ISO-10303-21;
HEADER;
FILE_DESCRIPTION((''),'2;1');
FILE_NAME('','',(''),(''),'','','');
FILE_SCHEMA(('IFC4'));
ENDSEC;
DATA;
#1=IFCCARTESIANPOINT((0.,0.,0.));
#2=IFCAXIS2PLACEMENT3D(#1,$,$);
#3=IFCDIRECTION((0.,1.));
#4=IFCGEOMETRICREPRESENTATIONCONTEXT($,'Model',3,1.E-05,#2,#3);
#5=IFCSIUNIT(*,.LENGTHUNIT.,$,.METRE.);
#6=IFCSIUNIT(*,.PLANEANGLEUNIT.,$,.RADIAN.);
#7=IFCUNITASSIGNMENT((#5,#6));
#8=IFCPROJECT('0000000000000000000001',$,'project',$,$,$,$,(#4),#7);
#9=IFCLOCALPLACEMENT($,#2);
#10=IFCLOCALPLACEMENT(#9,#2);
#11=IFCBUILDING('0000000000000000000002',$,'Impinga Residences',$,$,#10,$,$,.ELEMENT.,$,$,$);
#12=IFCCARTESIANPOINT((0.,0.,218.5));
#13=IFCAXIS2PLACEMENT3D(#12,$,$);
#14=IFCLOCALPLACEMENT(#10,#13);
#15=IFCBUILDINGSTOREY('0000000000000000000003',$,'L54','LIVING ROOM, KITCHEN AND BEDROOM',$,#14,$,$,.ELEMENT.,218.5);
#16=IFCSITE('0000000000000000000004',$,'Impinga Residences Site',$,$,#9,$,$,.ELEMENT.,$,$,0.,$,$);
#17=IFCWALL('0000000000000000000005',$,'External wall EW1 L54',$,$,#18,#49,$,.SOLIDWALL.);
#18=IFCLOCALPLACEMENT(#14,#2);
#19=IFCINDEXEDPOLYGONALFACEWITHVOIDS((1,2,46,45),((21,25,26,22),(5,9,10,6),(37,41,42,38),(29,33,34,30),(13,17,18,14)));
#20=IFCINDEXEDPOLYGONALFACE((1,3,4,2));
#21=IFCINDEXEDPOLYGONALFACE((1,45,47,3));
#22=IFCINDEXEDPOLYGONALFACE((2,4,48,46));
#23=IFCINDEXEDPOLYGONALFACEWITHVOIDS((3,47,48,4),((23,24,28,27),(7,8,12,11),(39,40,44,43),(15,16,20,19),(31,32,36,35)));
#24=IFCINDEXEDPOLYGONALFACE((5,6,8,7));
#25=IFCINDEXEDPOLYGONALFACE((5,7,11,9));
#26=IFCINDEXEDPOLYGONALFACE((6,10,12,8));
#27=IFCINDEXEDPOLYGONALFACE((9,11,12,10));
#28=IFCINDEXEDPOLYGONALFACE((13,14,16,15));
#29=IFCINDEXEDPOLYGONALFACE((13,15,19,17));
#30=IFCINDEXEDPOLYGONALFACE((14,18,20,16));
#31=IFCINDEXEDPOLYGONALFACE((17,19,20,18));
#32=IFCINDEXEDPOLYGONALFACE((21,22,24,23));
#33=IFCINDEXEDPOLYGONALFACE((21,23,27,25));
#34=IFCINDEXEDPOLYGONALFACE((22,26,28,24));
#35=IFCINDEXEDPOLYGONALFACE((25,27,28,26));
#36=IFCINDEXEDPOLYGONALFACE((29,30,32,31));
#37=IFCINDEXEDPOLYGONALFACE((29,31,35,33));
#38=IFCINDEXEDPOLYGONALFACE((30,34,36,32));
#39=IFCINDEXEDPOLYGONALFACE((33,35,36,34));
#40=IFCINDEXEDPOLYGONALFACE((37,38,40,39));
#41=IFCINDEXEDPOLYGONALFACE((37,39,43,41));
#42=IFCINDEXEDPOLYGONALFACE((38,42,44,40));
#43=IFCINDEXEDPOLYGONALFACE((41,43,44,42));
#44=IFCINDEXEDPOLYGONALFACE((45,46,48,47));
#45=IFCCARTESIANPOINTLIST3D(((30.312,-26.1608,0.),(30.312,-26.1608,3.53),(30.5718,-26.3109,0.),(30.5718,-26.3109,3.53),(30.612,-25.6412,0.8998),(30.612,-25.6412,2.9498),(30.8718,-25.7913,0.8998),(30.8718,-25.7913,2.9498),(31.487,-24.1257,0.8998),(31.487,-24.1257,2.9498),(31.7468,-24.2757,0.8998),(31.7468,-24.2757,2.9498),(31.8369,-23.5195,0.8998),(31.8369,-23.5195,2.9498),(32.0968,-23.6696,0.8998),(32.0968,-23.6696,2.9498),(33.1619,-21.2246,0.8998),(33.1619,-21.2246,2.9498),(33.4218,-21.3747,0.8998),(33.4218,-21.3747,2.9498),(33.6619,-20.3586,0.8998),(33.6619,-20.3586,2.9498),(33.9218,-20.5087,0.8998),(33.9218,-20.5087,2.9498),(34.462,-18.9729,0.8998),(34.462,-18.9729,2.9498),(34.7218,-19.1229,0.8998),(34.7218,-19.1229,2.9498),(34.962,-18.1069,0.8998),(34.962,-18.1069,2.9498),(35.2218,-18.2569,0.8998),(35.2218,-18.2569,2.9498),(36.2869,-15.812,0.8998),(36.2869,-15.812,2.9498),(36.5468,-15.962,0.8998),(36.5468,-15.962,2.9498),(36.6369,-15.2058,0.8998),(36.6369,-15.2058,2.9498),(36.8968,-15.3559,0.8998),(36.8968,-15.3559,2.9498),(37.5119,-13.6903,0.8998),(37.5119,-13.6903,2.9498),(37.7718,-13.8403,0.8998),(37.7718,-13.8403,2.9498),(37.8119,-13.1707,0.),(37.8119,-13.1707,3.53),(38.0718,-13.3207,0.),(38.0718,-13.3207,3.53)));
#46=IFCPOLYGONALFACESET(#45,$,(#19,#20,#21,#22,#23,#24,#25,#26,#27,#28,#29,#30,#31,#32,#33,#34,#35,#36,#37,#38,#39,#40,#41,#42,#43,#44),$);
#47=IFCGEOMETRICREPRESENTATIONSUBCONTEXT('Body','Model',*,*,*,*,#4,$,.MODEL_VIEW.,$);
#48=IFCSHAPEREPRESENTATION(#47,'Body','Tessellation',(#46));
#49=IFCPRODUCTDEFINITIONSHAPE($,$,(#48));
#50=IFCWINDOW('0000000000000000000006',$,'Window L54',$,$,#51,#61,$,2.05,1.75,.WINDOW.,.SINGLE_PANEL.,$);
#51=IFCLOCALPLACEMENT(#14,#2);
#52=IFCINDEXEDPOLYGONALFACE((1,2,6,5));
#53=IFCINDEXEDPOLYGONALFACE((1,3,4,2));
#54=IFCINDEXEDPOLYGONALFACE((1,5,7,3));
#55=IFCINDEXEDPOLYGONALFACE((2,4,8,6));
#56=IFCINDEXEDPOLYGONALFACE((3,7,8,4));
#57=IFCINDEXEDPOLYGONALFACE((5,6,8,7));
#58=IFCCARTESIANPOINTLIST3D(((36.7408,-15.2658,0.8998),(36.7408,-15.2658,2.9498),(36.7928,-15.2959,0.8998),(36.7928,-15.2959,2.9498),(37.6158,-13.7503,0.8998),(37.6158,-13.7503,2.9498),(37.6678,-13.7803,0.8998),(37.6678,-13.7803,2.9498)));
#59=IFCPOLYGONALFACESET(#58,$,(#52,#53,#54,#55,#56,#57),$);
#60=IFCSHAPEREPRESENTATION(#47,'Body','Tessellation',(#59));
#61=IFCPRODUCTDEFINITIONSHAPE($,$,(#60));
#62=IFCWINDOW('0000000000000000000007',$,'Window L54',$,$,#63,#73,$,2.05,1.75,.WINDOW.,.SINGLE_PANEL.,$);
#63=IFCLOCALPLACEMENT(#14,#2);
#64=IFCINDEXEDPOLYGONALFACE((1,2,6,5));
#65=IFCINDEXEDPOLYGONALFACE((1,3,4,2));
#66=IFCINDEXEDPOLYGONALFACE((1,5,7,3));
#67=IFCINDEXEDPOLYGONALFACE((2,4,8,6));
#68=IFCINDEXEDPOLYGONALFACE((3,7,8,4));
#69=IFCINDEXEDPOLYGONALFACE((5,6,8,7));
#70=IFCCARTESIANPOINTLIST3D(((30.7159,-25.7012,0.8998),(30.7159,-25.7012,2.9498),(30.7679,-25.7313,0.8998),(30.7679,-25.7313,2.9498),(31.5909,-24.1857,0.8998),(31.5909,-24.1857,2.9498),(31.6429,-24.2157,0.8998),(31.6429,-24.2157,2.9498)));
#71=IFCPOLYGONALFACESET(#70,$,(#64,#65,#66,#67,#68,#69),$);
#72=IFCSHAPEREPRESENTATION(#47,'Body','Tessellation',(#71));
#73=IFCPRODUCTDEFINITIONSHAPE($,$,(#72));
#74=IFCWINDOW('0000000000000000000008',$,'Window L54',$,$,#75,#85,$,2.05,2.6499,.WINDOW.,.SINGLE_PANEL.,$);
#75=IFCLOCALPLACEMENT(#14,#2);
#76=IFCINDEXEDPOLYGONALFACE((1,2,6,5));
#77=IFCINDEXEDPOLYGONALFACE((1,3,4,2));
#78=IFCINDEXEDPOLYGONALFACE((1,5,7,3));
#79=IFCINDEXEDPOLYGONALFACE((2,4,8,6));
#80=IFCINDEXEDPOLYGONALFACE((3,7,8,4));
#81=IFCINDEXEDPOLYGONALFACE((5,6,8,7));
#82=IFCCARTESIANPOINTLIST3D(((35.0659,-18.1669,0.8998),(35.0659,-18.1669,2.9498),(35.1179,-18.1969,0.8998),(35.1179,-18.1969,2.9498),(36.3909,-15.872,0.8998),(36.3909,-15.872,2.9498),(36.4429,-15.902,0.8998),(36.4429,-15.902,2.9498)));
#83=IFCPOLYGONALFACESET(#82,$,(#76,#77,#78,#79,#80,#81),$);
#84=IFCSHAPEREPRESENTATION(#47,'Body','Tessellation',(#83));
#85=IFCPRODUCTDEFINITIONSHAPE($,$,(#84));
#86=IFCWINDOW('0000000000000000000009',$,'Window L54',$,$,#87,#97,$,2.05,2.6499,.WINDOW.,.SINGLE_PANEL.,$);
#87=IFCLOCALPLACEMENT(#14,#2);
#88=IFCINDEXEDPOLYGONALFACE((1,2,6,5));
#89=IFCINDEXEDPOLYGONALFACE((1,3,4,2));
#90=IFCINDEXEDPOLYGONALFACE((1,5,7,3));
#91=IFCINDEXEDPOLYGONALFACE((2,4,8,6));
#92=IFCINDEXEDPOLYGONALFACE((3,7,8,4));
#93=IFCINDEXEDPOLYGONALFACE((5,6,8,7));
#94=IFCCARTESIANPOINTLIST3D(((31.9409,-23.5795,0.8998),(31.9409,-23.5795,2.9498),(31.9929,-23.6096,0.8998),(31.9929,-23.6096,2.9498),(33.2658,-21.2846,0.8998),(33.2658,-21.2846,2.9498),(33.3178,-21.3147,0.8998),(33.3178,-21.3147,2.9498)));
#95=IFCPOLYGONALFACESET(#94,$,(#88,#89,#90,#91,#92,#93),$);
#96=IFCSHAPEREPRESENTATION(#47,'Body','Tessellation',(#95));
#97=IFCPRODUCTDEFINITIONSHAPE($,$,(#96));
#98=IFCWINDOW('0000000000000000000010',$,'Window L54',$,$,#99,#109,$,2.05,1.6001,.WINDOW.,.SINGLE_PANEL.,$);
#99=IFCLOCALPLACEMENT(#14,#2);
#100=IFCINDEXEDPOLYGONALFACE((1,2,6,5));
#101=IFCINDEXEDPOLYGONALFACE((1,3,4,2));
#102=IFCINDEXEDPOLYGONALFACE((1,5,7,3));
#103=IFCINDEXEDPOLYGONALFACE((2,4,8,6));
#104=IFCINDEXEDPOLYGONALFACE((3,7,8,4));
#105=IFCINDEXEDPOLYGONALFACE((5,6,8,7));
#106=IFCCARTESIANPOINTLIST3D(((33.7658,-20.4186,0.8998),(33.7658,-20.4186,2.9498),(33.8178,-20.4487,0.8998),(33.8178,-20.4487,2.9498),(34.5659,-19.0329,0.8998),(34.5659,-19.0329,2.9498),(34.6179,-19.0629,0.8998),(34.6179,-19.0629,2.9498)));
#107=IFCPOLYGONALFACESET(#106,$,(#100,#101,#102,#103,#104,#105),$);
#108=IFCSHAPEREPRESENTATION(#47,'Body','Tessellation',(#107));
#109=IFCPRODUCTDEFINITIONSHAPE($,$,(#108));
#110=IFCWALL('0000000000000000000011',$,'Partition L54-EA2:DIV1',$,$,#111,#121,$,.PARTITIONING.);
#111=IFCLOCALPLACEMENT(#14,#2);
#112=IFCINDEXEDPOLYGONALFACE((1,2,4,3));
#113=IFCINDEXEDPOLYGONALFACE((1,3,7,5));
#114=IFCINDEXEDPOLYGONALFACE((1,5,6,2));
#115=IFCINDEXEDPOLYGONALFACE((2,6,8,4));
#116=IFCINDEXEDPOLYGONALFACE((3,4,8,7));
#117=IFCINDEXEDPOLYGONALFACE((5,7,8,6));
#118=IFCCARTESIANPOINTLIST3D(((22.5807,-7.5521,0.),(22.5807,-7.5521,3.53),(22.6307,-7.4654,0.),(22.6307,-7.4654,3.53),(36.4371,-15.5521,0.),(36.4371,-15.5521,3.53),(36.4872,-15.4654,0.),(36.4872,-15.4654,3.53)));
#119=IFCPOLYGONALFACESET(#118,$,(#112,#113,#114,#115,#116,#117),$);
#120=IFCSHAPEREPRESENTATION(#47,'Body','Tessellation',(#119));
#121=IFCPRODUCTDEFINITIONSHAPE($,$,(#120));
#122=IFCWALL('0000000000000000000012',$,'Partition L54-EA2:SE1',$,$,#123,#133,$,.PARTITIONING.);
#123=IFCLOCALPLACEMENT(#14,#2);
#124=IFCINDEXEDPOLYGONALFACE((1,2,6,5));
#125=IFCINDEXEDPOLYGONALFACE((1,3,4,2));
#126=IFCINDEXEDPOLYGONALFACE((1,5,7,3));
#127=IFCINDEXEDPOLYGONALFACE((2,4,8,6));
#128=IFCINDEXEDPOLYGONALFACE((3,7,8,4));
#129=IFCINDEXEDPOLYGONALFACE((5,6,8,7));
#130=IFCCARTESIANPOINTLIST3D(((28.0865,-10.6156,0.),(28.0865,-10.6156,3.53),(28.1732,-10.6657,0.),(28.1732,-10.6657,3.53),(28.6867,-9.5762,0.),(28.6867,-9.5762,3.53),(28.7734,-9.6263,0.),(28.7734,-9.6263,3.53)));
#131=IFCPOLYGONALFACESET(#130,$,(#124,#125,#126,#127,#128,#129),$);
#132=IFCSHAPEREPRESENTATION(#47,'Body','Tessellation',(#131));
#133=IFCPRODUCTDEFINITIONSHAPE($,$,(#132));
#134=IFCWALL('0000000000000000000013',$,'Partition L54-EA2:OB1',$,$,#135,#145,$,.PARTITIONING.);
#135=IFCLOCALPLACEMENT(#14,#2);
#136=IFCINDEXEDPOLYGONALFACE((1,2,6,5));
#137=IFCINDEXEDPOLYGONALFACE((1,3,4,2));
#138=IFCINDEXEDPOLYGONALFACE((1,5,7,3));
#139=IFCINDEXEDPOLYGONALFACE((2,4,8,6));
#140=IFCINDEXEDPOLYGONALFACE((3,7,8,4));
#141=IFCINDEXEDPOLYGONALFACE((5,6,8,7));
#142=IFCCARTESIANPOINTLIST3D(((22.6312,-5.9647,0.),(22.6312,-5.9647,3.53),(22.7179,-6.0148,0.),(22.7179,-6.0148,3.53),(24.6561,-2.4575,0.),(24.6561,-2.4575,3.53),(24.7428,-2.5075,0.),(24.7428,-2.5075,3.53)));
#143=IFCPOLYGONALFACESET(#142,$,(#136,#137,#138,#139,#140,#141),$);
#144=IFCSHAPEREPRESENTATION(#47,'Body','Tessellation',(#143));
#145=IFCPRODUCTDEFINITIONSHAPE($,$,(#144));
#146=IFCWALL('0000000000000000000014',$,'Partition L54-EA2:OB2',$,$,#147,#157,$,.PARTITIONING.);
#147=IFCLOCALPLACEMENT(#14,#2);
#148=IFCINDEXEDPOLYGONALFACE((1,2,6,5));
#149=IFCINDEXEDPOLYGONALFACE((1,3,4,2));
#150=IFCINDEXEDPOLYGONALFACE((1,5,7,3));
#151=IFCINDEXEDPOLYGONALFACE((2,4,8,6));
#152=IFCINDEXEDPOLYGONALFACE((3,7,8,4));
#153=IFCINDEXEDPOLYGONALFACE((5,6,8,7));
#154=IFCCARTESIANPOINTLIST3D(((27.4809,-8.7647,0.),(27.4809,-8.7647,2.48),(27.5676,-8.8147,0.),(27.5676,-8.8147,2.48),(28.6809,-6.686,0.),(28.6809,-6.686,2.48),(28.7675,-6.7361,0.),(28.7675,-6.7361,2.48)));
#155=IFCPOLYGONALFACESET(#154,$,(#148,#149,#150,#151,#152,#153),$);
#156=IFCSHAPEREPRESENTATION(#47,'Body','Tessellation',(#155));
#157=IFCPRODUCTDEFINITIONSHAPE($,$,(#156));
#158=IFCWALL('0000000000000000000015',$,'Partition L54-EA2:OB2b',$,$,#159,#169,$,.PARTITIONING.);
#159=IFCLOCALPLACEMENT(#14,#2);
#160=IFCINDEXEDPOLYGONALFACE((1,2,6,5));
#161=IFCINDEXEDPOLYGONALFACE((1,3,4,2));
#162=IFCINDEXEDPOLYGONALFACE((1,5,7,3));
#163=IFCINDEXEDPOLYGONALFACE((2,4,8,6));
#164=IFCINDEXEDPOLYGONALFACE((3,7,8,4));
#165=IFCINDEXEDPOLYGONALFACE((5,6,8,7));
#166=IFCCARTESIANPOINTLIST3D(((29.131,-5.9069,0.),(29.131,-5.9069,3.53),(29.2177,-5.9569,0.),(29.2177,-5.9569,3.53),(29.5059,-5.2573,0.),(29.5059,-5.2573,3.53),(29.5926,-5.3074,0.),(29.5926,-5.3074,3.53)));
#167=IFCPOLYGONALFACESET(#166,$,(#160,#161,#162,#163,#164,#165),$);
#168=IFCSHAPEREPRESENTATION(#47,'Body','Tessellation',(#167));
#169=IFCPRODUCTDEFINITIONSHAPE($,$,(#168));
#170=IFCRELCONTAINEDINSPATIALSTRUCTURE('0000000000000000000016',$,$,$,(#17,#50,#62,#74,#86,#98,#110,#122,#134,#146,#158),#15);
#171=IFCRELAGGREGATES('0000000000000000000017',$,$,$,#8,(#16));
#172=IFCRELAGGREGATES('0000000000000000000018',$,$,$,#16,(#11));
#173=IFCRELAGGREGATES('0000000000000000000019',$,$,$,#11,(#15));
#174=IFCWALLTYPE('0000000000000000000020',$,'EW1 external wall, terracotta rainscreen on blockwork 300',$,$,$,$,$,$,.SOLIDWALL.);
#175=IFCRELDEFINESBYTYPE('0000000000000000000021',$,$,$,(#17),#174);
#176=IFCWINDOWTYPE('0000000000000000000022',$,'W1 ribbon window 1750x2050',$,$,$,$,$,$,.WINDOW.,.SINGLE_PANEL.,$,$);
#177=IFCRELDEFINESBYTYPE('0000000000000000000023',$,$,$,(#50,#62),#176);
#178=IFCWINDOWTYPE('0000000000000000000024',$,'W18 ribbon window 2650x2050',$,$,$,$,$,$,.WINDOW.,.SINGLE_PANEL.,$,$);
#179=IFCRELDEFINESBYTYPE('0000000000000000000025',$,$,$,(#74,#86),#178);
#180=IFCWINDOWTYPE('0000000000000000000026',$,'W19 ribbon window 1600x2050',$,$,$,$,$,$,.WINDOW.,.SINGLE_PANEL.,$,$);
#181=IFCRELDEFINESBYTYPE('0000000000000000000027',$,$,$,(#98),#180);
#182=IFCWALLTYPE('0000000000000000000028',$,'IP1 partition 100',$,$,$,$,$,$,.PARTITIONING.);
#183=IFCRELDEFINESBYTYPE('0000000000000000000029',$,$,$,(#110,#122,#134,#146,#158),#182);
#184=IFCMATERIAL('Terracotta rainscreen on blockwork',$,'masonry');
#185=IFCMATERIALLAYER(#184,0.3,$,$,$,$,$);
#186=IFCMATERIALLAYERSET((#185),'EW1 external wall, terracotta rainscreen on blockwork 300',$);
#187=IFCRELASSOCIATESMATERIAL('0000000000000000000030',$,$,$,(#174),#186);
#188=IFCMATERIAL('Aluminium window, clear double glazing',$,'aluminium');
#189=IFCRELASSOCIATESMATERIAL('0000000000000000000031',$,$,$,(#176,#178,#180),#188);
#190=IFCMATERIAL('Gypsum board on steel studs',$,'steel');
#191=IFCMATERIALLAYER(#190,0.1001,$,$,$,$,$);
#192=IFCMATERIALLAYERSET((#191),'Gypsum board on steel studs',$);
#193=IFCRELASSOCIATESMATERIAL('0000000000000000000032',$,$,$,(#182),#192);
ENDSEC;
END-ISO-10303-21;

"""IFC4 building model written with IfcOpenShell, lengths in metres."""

from ifc_helpers import new_model, si_unit, direction, frame, frame_2d, origin, place, context, subcontext, project, spatial, rectangle, extrude, material, layer, layer_set, type_object, element, fill, save


model = new_model("IFC4")

# Units and contexts
model_context = context("Model", 3, precision=1e-05, world=origin(), true_north=direction((0.0, 1.0)))
body_context = subcontext(model_context, "Body", "Model", "MODEL_VIEW")
ifc_project = project(units=[si_unit("LENGTHUNIT", "METRE"), si_unit("PLANEANGLEUNIT", "RADIAN")], contexts=[model_context])

# Site, building, storey
site_placement = place(None, origin())
site = spatial("IfcSite", under=ifc_project, at=site_placement, Name="Impinga Residences Site", CompositionType="ELEMENT", RefElevation=0.0)
building_placement = place(site_placement, origin())
building = spatial("IfcBuilding", under=site, at=building_placement, Name="Impinga Residences", CompositionType="ELEMENT")
storey_placement = place(building_placement, frame((0.0, 0.0, 218.5)))
storey = spatial("IfcBuildingStorey", under=building, at=storey_placement, Name="L54", Description="LIVING ROOM, KITCHEN AND BEDROOM", CompositionType="ELEMENT", Elevation=218.5)

# Shared definitions
ifc_material_1 = material(Name="Terracotta rainscreen on blockwork", Category="masonry")
ifc_layer_1 = layer(ifc_material_1, 0.3)
ifc_layer_set_1 = layer_set([ifc_layer_1], Name="EW1 external wall, terracotta rainscreen on blockwork 300")
wall_type_1 = type_object("IfcWallType", Name="EW1 external wall, terracotta rainscreen on blockwork 300", PredefinedType="SOLIDWALL", material=ifc_layer_set_1)

# Wall, openings, windows
wall_1_placement = place(storey_placement, frame((37.9419, -13.2456, 0.0), z_axis=(0.0, 0.0, 1.0), x_axis=(-0.500004, -0.866023, 0.0)))
wall_1 = element("IfcWall", 1, at=wall_1_placement, inside=storey, type_object=wall_type_1, Name="External wall EW1 L54", PredefinedType="SOLIDWALL", context=body_context, shape_type="SweptSolid", body=[
    extrude(rectangle(XDim=14.9998, YDim=0.3, at=frame_2d((7.5, 0.0))), origin(), (0.0, 0.0, 1.0), 3.53),
])
opening_1_placement = place(wall_1_placement, frame((0.6001, 0.0, 0.8999)))
opening_1 = element("IfcOpeningElement", 2, at=opening_1_placement, cuts=wall_1, PredefinedType="OPENING", context=body_context, shape_type="SweptSolid", body=[
    extrude(rectangle(XDim=1.75, YDim=2.05, at=frame_2d((0.875, 1.0249))), frame((0.0, 0.1599, 0.0), z_axis=(0.0, -1.0, 0.0), x_axis=(1.0, 0.0, 0.0)), (0.0, 0.0, 1.0), 0.3201),
])
opening_2_placement = place(wall_1_placement, frame((3.05, 0.0, 0.8999)))
opening_2 = element("IfcOpeningElement", 3, at=opening_2_placement, cuts=wall_1, PredefinedType="OPENING", context=body_context, shape_type="SweptSolid", body=[
    extrude(rectangle(XDim=2.6499, YDim=2.05, at=frame_2d((1.325, 1.0249))), frame((0.0, 0.1599, 0.0), z_axis=(0.0, -1.0, 0.0), x_axis=(1.0, 0.0, 0.0)), (0.0, 0.0, 1.0), 0.3201),
])
opening_3_placement = place(wall_1_placement, frame((6.7, 0.0, 0.8999)))
opening_3 = element("IfcOpeningElement", 4, at=opening_3_placement, cuts=wall_1, PredefinedType="OPENING", context=body_context, shape_type="SweptSolid", body=[
    extrude(rectangle(XDim=1.6001, YDim=2.05, at=frame_2d((0.8, 1.0249))), frame((0.0, 0.1599, 0.0), z_axis=(0.0, -1.0, 0.0), x_axis=(1.0, 0.0, 0.0)), (0.0, 0.0, 1.0), 0.3201),
])
opening_4_placement = place(wall_1_placement, frame((9.3, 0.0, 0.8999)))
opening_4 = element("IfcOpeningElement", 5, at=opening_4_placement, cuts=wall_1, PredefinedType="OPENING", context=body_context, shape_type="SweptSolid", body=[
    extrude(rectangle(XDim=2.6499, YDim=2.05, at=frame_2d((1.325, 1.0249))), frame((0.0, 0.1599, 0.0), z_axis=(0.0, -1.0, 0.0), x_axis=(1.0, 0.0, 0.0)), (0.0, 0.0, 1.0), 0.3201),
])
opening_5_placement = place(wall_1_placement, frame((12.6499, 0.0, 0.8999)))
opening_5 = element("IfcOpeningElement", 6, at=opening_5_placement, cuts=wall_1, PredefinedType="OPENING", context=body_context, shape_type="SweptSolid", body=[
    extrude(rectangle(XDim=1.75, YDim=2.05, at=frame_2d((0.875, 1.0249))), frame((0.0, 0.1599, 0.0), z_axis=(0.0, -1.0, 0.0), x_axis=(1.0, 0.0, 0.0)), (0.0, 0.0, 1.0), 0.3201),
])
ifc_material_2 = material(Name="Aluminium window, clear double glazing", Category="aluminium")
window_type_1 = type_object("IfcWindowType", Name="W1 ribbon window 1750x2050", PartitioningType="SINGLE_PANEL", PredefinedType="WINDOW", material=ifc_material_2)
window_1_placement = place(opening_1_placement, origin())
window_1 = element("IfcWindow", 7, at=window_1_placement, inside=storey, type_object=window_type_1, Name="Window L54", OverallHeight=2.05, OverallWidth=1.75, PartitioningType="SINGLE_PANEL", PredefinedType="WINDOW", context=body_context, shape_type="SweptSolid", body=[
    extrude(rectangle(XDim=1.75, YDim=2.05, at=frame_2d((0.875, 1.0249))), frame((0.0, 0.03, 0.0), z_axis=(0.0, -1.0, 0.0), x_axis=(1.0, 0.0, 0.0)), (0.0, 0.0, 1.0), 0.0601),
])
fill(opening_1, window_1)
window_2_placement = place(opening_5_placement, origin())
window_2 = element("IfcWindow", 8, at=window_2_placement, inside=storey, type_object=window_type_1, Name="Window L54", OverallHeight=2.05, OverallWidth=1.75, PartitioningType="SINGLE_PANEL", PredefinedType="WINDOW", context=body_context, shape_type="SweptSolid", body=[
    extrude(rectangle(XDim=1.75, YDim=2.05, at=frame_2d((0.875, 1.0249))), frame((0.0, 0.03, 0.0), z_axis=(0.0, -1.0, 0.0), x_axis=(1.0, 0.0, 0.0)), (0.0, 0.0, 1.0), 0.0601),
])
fill(opening_5, window_2)
window_type_2 = type_object("IfcWindowType", Name="W18 ribbon window 2650x2050", PartitioningType="SINGLE_PANEL", PredefinedType="WINDOW", material=ifc_material_2)
window_3_placement = place(opening_2_placement, origin())
window_3 = element("IfcWindow", 9, at=window_3_placement, inside=storey, type_object=window_type_2, Name="Window L54", OverallHeight=2.05, OverallWidth=2.6499, PartitioningType="SINGLE_PANEL", PredefinedType="WINDOW", context=body_context, shape_type="SweptSolid", body=[
    extrude(rectangle(XDim=2.6499, YDim=2.05, at=frame_2d((1.325, 1.0249))), frame((0.0, 0.03, 0.0), z_axis=(0.0, -1.0, 0.0), x_axis=(1.0, 0.0, 0.0)), (0.0, 0.0, 1.0), 0.0601),
])
fill(opening_2, window_3)
window_4_placement = place(opening_4_placement, origin())
window_4 = element("IfcWindow", 10, at=window_4_placement, inside=storey, type_object=window_type_2, Name="Window L54", OverallHeight=2.05, OverallWidth=2.6499, PartitioningType="SINGLE_PANEL", PredefinedType="WINDOW", context=body_context, shape_type="SweptSolid", body=[
    extrude(rectangle(XDim=2.6499, YDim=2.05, at=frame_2d((1.325, 1.0249))), frame((0.0, 0.03, 0.0), z_axis=(0.0, -1.0, 0.0), x_axis=(1.0, 0.0, 0.0)), (0.0, 0.0, 1.0), 0.0601),
])
fill(opening_4, window_4)
window_type_3 = type_object("IfcWindowType", Name="W19 ribbon window 1600x2050", PartitioningType="SINGLE_PANEL", PredefinedType="WINDOW", material=ifc_material_2)
window_5_placement = place(opening_3_placement, origin())
window_5 = element("IfcWindow", 11, at=window_5_placement, inside=storey, type_object=window_type_3, Name="Window L54", OverallHeight=2.05, OverallWidth=1.6001, PartitioningType="SINGLE_PANEL", PredefinedType="WINDOW", context=body_context, shape_type="SweptSolid", body=[
    extrude(rectangle(XDim=1.6001, YDim=2.05, at=frame_2d((0.8, 1.0249))), frame((0.0, 0.03, 0.0), z_axis=(0.0, -1.0, 0.0), x_axis=(1.0, 0.0, 0.0)), (0.0, 0.0, 1.0), 0.0601),
])
fill(opening_3, window_5)

# Walls
ifc_material_3 = material(Name="Gypsum board on steel studs", Category="steel")
ifc_layer_2 = layer(ifc_material_3, 0.1001)
ifc_layer_set_2 = layer_set([ifc_layer_2], Name="Gypsum board on steel studs")
wall_type_2 = type_object("IfcWallType", Name="IP1 partition 100", PredefinedType="PARTITIONING", material=ifc_layer_set_2)
wall_2_placement = place(storey_placement, frame((22.6057, -7.5088, 0.0), z_axis=(0.0, 0.0, 1.0), x_axis=(0.866026, -0.499999, 0.0)))
element("IfcWall", 12, at=wall_2_placement, inside=storey, type_object=wall_type_2, Name="Partition L54-EA2:DIV1", PredefinedType="PARTITIONING", context=body_context, shape_type="SweptSolid", body=[
    extrude(rectangle(XDim=16.0, YDim=0.1001, at=frame_2d((8.0, 0.0))), origin(), (0.0, 0.0, 1.0), 3.53),
])
wall_3_placement = place(storey_placement, frame((28.1299, -10.6406, 0.0), z_axis=(0.0, 0.0, 1.0), x_axis=(0.500034, 0.866006, 0.0)))
element("IfcWall", 13, at=wall_3_placement, inside=storey, type_object=wall_type_2, Name="Partition L54-EA2:SE1", PredefinedType="PARTITIONING", context=body_context, shape_type="SweptSolid", body=[
    extrude(rectangle(XDim=1.2002, YDim=0.1001, at=frame_2d((0.6001, 0.0))), origin(), (0.0, 0.0, 1.0), 3.53),
])
wall_4_placement = place(storey_placement, frame((22.6746, -5.9897, 0.0), z_axis=(0.0, 0.0, 1.0), x_axis=(0.49999, 0.866031, 0.0)))
element("IfcWall", 14, at=wall_4_placement, inside=storey, type_object=wall_type_2, Name="Partition L54-EA2:OB1", PredefinedType="PARTITIONING", context=body_context, shape_type="SweptSolid", body=[
    extrude(rectangle(XDim=4.0498, YDim=0.1001, at=frame_2d((2.0249, 0.0))), origin(), (0.0, 0.0, 1.0), 3.53),
])
wall_5_placement = place(storey_placement, frame((27.5242, -8.7898, 0.0), z_axis=(0.0, 0.0, 1.0), x_axis=(0.499957, 0.86605, 0.0)))
element("IfcWall", 15, at=wall_5_placement, inside=storey, type_object=wall_type_2, Name="Partition L54-EA2:OB2", PredefinedType="PARTITIONING", context=body_context, shape_type="SweptSolid", body=[
    extrude(rectangle(XDim=2.4001, YDim=0.1001, at=frame_2d((1.2002, 0.0))), origin(), (0.0, 0.0, 1.0), 2.48),
])
wall_6_placement = place(storey_placement, frame((29.1743, -5.9319, 0.0), z_axis=(0.0, 0.0, 1.0), x_axis=(0.49992, 0.866072, 0.0)))
element("IfcWall", 16, at=wall_6_placement, inside=storey, type_object=wall_type_2, Name="Partition L54-EA2:OB2b", PredefinedType="PARTITIONING", context=body_context, shape_type="SweptSolid", body=[
    extrude(rectangle(XDim=0.75, YDim=0.1001, at=frame_2d((0.375, 0.0))), origin(), (0.0, 0.0, 1.0), 3.53),
])

save(model, "model.ifc")
